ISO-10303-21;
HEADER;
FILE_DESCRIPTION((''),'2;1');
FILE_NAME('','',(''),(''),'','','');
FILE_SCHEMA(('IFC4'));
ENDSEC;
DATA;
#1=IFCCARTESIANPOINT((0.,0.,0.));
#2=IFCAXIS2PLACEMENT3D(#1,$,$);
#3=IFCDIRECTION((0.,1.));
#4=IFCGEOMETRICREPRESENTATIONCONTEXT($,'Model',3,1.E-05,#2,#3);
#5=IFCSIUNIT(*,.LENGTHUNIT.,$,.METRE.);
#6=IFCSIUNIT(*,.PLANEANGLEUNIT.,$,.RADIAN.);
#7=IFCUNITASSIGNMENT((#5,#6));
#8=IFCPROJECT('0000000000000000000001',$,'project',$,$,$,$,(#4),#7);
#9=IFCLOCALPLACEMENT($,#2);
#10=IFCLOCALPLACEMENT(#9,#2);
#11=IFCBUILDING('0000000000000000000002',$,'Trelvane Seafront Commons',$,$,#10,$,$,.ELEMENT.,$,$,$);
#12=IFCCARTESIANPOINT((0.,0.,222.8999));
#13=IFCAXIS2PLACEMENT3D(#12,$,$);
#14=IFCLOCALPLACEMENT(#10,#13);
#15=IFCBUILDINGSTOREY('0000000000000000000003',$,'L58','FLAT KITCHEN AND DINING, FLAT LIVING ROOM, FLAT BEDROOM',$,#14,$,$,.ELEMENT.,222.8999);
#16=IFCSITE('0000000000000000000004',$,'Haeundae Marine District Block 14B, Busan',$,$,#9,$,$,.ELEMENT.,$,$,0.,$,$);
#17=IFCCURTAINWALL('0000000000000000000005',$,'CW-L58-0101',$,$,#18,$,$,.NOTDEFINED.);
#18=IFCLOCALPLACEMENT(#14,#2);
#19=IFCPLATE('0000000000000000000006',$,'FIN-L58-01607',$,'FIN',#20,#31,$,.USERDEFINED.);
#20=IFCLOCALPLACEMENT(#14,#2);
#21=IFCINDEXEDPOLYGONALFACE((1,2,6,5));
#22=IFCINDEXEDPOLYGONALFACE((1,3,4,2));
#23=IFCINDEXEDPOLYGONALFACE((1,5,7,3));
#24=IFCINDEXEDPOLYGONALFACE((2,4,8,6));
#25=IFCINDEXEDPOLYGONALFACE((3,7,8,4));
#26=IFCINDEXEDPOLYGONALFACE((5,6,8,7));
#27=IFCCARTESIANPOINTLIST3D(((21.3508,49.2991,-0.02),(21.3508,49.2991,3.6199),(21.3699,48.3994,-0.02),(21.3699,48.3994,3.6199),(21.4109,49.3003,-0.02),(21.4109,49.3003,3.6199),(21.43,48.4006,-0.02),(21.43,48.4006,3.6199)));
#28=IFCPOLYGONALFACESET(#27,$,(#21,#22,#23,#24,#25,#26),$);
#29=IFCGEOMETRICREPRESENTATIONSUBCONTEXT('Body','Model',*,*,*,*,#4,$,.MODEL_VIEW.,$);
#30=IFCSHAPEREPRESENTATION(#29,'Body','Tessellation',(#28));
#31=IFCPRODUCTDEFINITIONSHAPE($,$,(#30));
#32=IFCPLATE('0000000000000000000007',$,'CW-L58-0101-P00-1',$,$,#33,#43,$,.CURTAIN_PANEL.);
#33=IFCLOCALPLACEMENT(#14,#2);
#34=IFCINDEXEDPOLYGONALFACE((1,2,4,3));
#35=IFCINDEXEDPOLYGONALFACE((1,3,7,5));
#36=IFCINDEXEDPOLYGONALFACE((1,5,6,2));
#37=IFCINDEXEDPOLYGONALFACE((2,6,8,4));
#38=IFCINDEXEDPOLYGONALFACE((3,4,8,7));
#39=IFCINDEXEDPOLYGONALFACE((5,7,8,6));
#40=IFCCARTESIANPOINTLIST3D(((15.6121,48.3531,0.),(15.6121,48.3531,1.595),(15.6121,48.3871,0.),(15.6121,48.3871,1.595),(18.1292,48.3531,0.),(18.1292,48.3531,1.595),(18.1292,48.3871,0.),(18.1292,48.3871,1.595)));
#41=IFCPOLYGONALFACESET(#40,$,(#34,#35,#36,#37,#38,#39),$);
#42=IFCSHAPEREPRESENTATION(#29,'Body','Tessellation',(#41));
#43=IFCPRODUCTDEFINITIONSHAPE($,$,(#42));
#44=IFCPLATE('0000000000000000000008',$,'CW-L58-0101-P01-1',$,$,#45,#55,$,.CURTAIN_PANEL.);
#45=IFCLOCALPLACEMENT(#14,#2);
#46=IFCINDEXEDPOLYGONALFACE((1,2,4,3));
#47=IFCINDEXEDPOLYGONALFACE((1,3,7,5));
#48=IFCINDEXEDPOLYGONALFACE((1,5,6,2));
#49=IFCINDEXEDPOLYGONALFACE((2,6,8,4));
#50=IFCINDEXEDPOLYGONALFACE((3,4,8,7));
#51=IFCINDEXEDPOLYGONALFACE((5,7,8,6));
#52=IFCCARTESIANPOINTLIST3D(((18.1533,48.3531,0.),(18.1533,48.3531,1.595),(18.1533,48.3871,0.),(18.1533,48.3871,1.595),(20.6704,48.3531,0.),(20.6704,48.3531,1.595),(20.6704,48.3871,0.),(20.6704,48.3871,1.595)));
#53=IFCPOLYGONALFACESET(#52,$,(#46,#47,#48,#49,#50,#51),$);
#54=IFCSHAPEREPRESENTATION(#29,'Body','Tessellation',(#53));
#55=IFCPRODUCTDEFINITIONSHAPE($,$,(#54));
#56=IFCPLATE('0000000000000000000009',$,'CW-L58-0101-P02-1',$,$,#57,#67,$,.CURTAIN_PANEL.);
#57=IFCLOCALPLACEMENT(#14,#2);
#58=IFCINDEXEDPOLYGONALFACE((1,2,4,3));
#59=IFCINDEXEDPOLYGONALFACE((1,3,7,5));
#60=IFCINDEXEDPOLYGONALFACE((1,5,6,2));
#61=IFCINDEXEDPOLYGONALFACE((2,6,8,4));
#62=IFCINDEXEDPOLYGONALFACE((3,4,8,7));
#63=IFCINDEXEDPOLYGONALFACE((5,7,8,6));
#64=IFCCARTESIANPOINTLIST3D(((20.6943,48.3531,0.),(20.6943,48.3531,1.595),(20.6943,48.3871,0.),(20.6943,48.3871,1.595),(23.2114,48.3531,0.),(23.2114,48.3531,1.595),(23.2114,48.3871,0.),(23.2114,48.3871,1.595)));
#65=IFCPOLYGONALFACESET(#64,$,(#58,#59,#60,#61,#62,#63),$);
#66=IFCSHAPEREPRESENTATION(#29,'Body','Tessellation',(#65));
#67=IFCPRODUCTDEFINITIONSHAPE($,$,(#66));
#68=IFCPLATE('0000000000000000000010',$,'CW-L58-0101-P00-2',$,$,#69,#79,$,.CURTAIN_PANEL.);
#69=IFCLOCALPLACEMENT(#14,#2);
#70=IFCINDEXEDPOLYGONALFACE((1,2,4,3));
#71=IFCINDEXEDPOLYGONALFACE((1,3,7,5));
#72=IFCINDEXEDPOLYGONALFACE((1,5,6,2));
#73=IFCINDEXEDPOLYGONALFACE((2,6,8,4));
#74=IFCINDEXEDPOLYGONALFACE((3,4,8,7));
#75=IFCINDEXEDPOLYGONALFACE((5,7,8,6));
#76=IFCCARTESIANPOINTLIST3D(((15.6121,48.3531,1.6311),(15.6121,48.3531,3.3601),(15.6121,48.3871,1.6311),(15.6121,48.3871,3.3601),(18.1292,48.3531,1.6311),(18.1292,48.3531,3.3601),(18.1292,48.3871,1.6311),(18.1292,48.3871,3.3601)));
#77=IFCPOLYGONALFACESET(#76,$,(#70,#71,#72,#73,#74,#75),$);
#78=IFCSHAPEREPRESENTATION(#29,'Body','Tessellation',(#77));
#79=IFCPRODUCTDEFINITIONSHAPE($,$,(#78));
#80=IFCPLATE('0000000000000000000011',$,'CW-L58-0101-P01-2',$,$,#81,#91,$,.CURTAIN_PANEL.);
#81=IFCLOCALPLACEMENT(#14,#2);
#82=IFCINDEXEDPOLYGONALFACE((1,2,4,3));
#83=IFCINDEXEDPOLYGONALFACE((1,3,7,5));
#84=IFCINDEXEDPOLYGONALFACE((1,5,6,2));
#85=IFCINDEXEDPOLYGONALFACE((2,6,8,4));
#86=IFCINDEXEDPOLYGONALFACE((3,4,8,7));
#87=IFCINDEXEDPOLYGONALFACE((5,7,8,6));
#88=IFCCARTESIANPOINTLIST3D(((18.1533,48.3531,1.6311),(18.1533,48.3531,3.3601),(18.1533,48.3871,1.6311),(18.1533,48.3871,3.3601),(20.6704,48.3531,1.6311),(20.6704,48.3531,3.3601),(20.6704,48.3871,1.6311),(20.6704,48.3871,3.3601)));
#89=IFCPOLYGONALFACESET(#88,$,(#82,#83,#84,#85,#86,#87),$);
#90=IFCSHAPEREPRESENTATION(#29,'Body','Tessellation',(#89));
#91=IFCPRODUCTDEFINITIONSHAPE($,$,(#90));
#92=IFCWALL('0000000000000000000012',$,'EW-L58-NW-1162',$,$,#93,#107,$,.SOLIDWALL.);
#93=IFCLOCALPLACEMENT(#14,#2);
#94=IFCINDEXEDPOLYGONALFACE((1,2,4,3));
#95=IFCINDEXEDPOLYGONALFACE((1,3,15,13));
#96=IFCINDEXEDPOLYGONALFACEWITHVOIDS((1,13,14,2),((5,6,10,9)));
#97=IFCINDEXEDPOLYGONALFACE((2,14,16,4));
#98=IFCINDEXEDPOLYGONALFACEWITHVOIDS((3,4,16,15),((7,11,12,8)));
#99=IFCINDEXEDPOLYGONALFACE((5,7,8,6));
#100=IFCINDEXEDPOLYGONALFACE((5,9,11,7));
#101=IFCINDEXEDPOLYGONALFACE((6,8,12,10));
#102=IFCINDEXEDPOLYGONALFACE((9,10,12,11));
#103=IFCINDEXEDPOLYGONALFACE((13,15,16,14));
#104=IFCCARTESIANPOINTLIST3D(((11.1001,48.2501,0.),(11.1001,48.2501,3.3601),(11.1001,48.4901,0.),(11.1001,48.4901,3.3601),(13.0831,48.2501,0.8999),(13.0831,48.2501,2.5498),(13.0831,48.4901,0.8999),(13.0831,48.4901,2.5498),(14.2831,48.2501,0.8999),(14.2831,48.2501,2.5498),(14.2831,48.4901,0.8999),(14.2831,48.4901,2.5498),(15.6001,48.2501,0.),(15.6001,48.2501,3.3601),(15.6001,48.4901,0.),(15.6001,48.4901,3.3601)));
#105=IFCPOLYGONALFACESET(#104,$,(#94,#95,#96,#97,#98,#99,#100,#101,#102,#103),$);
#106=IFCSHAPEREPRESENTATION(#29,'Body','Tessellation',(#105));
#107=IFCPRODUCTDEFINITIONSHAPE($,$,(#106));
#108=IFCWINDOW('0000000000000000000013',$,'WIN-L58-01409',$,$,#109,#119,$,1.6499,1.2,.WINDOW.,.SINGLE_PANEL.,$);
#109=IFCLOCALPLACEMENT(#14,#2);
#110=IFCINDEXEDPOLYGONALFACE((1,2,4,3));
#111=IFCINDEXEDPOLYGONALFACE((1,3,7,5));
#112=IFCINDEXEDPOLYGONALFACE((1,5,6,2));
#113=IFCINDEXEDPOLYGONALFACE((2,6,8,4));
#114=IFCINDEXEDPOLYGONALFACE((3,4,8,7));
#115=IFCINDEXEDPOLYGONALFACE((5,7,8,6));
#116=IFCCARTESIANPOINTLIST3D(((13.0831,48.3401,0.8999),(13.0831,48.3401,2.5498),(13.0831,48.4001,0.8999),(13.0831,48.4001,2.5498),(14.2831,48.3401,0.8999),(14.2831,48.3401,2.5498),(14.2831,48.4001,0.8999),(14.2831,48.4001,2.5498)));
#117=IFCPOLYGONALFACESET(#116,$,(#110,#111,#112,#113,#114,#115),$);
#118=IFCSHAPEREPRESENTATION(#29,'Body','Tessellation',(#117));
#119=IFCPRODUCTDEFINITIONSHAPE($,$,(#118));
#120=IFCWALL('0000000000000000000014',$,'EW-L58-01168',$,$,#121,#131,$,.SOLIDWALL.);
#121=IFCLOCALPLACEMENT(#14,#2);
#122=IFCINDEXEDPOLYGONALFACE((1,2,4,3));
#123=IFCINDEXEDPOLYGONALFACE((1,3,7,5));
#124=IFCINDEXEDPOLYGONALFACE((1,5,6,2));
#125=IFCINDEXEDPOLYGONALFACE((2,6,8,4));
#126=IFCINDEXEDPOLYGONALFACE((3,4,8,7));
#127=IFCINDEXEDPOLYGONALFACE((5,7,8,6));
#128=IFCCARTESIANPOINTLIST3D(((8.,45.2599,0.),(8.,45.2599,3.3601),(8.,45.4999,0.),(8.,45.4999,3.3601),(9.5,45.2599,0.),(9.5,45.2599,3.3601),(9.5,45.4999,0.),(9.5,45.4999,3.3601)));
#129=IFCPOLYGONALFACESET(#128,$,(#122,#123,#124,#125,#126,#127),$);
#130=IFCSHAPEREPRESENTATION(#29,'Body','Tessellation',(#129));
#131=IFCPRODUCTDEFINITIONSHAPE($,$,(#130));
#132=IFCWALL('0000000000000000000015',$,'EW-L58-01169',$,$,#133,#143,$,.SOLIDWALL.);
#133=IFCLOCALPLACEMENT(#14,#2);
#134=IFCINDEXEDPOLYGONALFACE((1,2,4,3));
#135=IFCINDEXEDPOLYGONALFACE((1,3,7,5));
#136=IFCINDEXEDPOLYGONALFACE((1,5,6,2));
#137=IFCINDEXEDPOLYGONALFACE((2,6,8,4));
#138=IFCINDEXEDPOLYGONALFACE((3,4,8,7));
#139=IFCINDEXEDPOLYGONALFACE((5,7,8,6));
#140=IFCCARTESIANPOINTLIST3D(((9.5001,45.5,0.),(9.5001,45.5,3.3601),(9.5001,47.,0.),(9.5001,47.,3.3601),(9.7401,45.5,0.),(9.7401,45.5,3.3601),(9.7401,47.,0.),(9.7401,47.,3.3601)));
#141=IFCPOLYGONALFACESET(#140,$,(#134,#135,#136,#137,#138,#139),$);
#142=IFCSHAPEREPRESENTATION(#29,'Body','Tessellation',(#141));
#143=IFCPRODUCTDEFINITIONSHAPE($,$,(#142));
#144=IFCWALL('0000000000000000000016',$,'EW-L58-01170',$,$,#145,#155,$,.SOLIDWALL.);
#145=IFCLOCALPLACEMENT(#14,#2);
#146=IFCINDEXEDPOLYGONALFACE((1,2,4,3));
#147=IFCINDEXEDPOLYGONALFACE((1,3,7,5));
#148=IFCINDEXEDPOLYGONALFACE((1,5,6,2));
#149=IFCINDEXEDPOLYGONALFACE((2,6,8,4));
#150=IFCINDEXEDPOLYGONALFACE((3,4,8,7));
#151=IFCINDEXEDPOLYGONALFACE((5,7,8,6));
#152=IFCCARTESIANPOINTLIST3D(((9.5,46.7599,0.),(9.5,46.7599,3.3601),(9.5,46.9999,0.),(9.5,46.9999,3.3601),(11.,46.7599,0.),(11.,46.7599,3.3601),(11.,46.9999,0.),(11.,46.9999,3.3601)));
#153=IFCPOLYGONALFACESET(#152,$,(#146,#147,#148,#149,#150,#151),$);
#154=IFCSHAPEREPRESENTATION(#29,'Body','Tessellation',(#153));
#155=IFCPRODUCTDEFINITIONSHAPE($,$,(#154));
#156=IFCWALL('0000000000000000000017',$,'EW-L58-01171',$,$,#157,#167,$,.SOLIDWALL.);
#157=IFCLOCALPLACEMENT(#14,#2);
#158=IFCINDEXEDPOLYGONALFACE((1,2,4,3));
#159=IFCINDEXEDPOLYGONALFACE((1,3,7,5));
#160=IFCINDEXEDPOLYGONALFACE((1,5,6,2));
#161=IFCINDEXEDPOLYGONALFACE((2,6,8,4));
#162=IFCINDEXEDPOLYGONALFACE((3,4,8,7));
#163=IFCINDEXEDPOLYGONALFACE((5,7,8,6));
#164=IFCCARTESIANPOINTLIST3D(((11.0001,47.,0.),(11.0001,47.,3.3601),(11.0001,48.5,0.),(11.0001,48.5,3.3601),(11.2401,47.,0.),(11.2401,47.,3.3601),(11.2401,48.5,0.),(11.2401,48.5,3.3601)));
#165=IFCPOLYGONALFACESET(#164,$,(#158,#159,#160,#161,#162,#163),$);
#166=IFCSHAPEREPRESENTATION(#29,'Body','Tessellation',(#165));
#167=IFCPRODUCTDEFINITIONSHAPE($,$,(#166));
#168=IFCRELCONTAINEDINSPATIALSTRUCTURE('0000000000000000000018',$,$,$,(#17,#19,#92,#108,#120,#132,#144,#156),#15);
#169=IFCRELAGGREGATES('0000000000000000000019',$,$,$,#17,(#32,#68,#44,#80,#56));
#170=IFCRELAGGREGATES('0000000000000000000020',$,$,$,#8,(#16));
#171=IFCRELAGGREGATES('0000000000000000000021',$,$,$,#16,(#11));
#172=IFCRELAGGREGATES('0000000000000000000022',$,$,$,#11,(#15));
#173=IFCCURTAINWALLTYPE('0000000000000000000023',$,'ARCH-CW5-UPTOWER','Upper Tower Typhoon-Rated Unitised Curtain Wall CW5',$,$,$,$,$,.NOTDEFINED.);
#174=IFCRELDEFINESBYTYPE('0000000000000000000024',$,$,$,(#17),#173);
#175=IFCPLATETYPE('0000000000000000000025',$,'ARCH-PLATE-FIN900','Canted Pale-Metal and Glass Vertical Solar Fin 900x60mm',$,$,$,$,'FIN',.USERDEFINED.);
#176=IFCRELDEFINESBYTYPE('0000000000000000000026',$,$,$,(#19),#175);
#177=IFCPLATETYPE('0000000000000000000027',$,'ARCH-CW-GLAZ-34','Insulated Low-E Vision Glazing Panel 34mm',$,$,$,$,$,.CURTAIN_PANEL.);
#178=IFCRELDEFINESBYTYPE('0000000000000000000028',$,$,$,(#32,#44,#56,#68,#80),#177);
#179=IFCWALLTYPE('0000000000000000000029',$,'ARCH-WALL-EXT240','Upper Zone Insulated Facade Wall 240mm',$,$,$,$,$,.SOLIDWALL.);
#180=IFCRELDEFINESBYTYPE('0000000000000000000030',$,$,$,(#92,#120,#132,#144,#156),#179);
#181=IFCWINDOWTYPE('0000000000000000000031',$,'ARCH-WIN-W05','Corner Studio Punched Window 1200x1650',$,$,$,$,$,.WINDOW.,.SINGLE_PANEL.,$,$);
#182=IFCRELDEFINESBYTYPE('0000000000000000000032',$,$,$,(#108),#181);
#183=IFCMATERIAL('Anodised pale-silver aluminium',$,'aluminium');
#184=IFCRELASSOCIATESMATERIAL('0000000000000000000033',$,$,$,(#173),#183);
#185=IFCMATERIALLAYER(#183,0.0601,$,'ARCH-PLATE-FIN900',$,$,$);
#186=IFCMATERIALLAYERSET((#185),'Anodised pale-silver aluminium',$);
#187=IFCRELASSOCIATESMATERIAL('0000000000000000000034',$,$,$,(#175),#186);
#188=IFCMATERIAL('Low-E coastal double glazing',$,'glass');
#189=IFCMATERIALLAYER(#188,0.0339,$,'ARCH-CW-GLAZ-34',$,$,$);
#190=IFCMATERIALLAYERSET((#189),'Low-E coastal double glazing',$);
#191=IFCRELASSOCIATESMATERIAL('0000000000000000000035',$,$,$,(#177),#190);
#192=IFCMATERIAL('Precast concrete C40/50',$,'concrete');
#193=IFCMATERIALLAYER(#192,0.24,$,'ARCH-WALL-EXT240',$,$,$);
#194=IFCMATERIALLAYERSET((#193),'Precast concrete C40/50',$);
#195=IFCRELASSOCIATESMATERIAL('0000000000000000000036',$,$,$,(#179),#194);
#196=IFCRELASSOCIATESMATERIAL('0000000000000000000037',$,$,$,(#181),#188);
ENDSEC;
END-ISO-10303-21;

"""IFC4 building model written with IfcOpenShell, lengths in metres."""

from ifc_helpers import new_model, si_unit, direction, frame, frame_2d, origin, origin_2d, place, context, subcontext, project, spatial, rectangle, extrude, source, transform, mapped, material, layer, layer_set, type_object, element, fill, aggregate, save


model = new_model("IFC4")

# Units and contexts
model_context = context("Model", 3, precision=1e-05, world=origin(), true_north=direction((0.0, 1.0)))
body_context = subcontext(model_context, "Body", "Model", "MODEL_VIEW")
ifc_project = project(units=[si_unit("LENGTHUNIT", "METRE"), si_unit("PLANEANGLEUNIT", "RADIAN")], contexts=[model_context])

# Site, building, storey
site_placement = place(None, origin())
site = spatial("IfcSite", under=ifc_project, at=site_placement, Name="Haeundae Marine District Block 14B, Busan", CompositionType="ELEMENT", RefElevation=0.0)
building_placement = place(site_placement, origin())
building = spatial("IfcBuilding", under=site, at=building_placement, Name="Trelvane Seafront Commons", CompositionType="ELEMENT")
storey_placement = place(building_placement, frame((0.0, 0.0, 222.8999)))
storey = spatial("IfcBuildingStorey", under=building, at=storey_placement, Name="L58", Description="FLAT KITCHEN AND DINING, FLAT LIVING ROOM, FLAT BEDROOM", CompositionType="ELEMENT", Elevation=222.8999)

# Curtain wall
ifc_material_1 = material(Name="Anodised pale-silver aluminium", Category="aluminium")
curtain_wall_type = type_object("IfcCurtainWallType", Name="ARCH-CW5-UPTOWER", Description="Upper Tower Typhoon-Rated Unitised Curtain Wall CW5", PredefinedType="NOTDEFINED", material=ifc_material_1)
curtain_wall_placement = place(storey_placement, origin())
curtain_wall = element("IfcCurtainWall", 1, at=curtain_wall_placement, inside=storey, type_object=curtain_wall_type, Name="CW-L58-0101", PredefinedType="NOTDEFINED")

# Plate
ifc_layer_1 = layer(ifc_material_1, 0.0601, Name="ARCH-PLATE-FIN900")
ifc_layer_set_1 = layer_set([ifc_layer_1], Name="Anodised pale-silver aluminium")
plate_type_1 = type_object("IfcPlateType", Name="ARCH-PLATE-FIN900", Description="Canted Pale-Metal and Glass Vertical Solar Fin 900x60mm", ElementType="FIN", PredefinedType="USERDEFINED", material=ifc_layer_set_1)
shared_shape_1 = source(origin(), body_context, "Body", "SweptSolid", [
    extrude(rectangle(XDim=0.8999, YDim=0.0601, at=origin_2d()), origin(), (0.0, 0.0, 1.0), 3.6399),
])
for number, where, z_axis, x_axis, name in (
    (2, (21.3904, 48.8499, -0.02), (0.0, 0.0, 1.0), (-0.021222, 0.999775, 0.0), "FIN-L58-01607"),
):
    element("IfcPlate", number, at=place(storey_placement, frame(where, z_axis=z_axis, x_axis=x_axis)), inside=storey, type_object=plate_type_1, Name=name, ObjectType="FIN", PredefinedType="USERDEFINED", context=body_context, shape_type="MappedRepresentation", body=[
        mapped(shared_shape_1, transform((0.0, 0.0, 0.0), x_axis=(1.0, 0.0, 0.0), y_axis=(0.0, 1.0, 0.0), z_axis=(0.0, 0.0, 1.0), scale=1.0)),
    ])

# Plates
ifc_material_2 = material(Name="Low-E coastal double glazing", Category="glass")
ifc_layer_2 = layer(ifc_material_2, 0.0339, Name="ARCH-CW-GLAZ-34")
ifc_layer_set_2 = layer_set([ifc_layer_2], Name="Low-E coastal double glazing")
plate_type_2 = type_object("IfcPlateType", Name="ARCH-CW-GLAZ-34", Description="Insulated Low-E Vision Glazing Panel 34mm", PredefinedType="CURTAIN_PANEL", material=ifc_layer_set_2)
shared_shape_2 = source(origin(), body_context, "Body", "SweptSolid", [
    extrude(rectangle(XDim=2.5171, YDim=0.0339, at=origin_2d()), origin(), (0.0, 0.0, 1.0), 1.595),
])
plate_1_placement = place(storey_placement, frame((16.8706, 48.3701, 0.0), z_axis=(0.0, 0.0, 1.0), x_axis=(1.0, 0.0, 0.0)))
plate_1 = element("IfcPlate", 3, at=plate_1_placement, type_object=plate_type_2, Name="CW-L58-0101-P00-1", PredefinedType="CURTAIN_PANEL", context=body_context, shape_type="MappedRepresentation", body=[
    mapped(shared_shape_2, transform((0.0, 0.0, 0.0), x_axis=(1.0, 0.0, 0.0), y_axis=(0.0, 1.0, 0.0), z_axis=(0.0, 0.0, 1.0), scale=1.0)),
])
plate_2_placement = place(storey_placement, frame((19.4119, 48.3701, 0.0), z_axis=(0.0, 0.0, 1.0), x_axis=(1.0, 0.0, 0.0)))
plate_2 = element("IfcPlate", 4, at=plate_2_placement, type_object=plate_type_2, Name="CW-L58-0101-P01-1", PredefinedType="CURTAIN_PANEL", context=body_context, shape_type="MappedRepresentation", body=[
    mapped(shared_shape_2, transform((0.0, 0.0, 0.0), x_axis=(1.0, 0.0, 0.0), y_axis=(0.0, 1.0, 0.0), z_axis=(0.0, 0.0, 1.0), scale=1.0)),
])
plate_3_placement = place(storey_placement, frame((21.9529, 48.3701, 0.0), z_axis=(0.0, 0.0, 1.0), x_axis=(1.0, 0.0, 0.0)))
plate_3 = element("IfcPlate", 5, at=plate_3_placement, type_object=plate_type_2, Name="CW-L58-0101-P02-1", PredefinedType="CURTAIN_PANEL", context=body_context, shape_type="MappedRepresentation", body=[
    mapped(shared_shape_2, transform((0.0, 0.0, 0.0), x_axis=(1.0, 0.0, 0.0), y_axis=(0.0, 1.0, 0.0), z_axis=(0.0, 0.0, 1.0), scale=1.0)),
])
shared_shape_3 = source(origin(), body_context, "Body", "SweptSolid", [
    extrude(rectangle(XDim=2.5171, YDim=0.0339, at=origin_2d()), origin(), (0.0, 0.0, 1.0), 1.729),
])
plate_4_placement = place(storey_placement, frame((16.8706, 48.3701, 1.6311), z_axis=(0.0, 0.0, 1.0), x_axis=(1.0, 0.0, 0.0)))
plate_4 = element("IfcPlate", 6, at=plate_4_placement, type_object=plate_type_2, Name="CW-L58-0101-P00-2", PredefinedType="CURTAIN_PANEL", context=body_context, shape_type="MappedRepresentation", body=[
    mapped(shared_shape_3, transform((0.0, 0.0, 0.0), x_axis=(1.0, 0.0, 0.0), y_axis=(0.0, 1.0, 0.0), z_axis=(0.0, 0.0, 1.0), scale=1.0)),
])
plate_5_placement = place(storey_placement, frame((19.4119, 48.3701, 1.6311), z_axis=(0.0, 0.0, 1.0), x_axis=(1.0, 0.0, 0.0)))
plate_5 = element("IfcPlate", 7, at=plate_5_placement, type_object=plate_type_2, Name="CW-L58-0101-P01-2", PredefinedType="CURTAIN_PANEL", context=body_context, shape_type="MappedRepresentation", body=[
    mapped(shared_shape_3, transform((0.0, 0.0, 0.0), x_axis=(1.0, 0.0, 0.0), y_axis=(0.0, 1.0, 0.0), z_axis=(0.0, 0.0, 1.0), scale=1.0)),
])
aggregate(curtain_wall, [plate_1, plate_4, plate_2, plate_5, plate_3])

# Wall, opening, window
ifc_material_3 = material(Name="Precast concrete C40/50", Category="concrete")
ifc_layer_3 = layer(ifc_material_3, 0.24, Name="ARCH-WALL-EXT240")
ifc_layer_set_3 = layer_set([ifc_layer_3], Name="Precast concrete C40/50")
wall_type = type_object("IfcWallType", Name="ARCH-WALL-EXT240", Description="Upper Zone Insulated Facade Wall 240mm", PredefinedType="SOLIDWALL", material=ifc_layer_set_3)
wall_placement = place(storey_placement, frame((11.1001, 48.3701, 0.0), z_axis=(0.0, 0.0, 1.0), x_axis=(1.0, 0.0, 0.0)))
wall = element("IfcWall", 8, at=wall_placement, inside=storey, type_object=wall_type, Name="EW-L58-NW-1162", PredefinedType="SOLIDWALL", context=body_context, shape_type="SweptSolid", body=[
    extrude(rectangle(XDim=4.5, YDim=0.24, at=frame_2d((2.25, 0.0))), origin(), (0.0, 0.0, 1.0), 3.3601),
])
opening_placement = place(wall_placement, frame((1.9829, 0.0, 0.8999)))
opening = element("IfcOpeningElement", 9, at=opening_placement, cuts=wall, PredefinedType="OPENING", context=body_context, shape_type="SweptSolid", body=[
    extrude(rectangle(XDim=1.2, YDim=1.6499, at=frame_2d((0.6001, 0.825))), frame((0.0, 0.1299, 0.0), z_axis=(0.0, -1.0, 0.0), x_axis=(1.0, 0.0, 0.0)), (0.0, 0.0, 1.0), 0.26),
])
window_type = type_object("IfcWindowType", Name="ARCH-WIN-W05", Description="Corner Studio Punched Window 1200x1650", PartitioningType="SINGLE_PANEL", PredefinedType="WINDOW", material=ifc_material_2)
shared_shape_4 = source(origin(), body_context, "Body", "SweptSolid", [
    extrude(rectangle(XDim=1.2, YDim=1.6499, at=frame_2d((0.6001, 0.825))), frame((0.0, 0.03, 0.0), z_axis=(0.0, -1.0, 0.0), x_axis=(1.0, 0.0, 0.0)), (0.0, 0.0, 1.0), 0.0601),
])
window_placement = place(opening_placement, origin())
window = element("IfcWindow", 10, at=window_placement, inside=storey, type_object=window_type, Name="WIN-L58-01409", OverallHeight=1.6499, OverallWidth=1.2, PartitioningType="SINGLE_PANEL", PredefinedType="WINDOW", context=body_context, shape_type="MappedRepresentation", body=[
    mapped(shared_shape_4, transform((0.0, 0.0, 0.0), x_axis=(1.0, 0.0, 0.0), y_axis=(0.0, 1.0, 0.0), z_axis=(0.0, 0.0, 1.0), scale=1.0)),
])
fill(opening, window)

# Walls
for number, where, z_axis, x_axis, name in (
    (11, (8.0, 45.3799, 0.0), (0.0, 0.0, 1.0), (1.0, 0.0, 0.0), "EW-L58-01168"),
    (12, (9.6201, 45.5, 0.0), (0.0, 0.0, 1.0), (0.0, 1.0, 0.0), "EW-L58-01169"),
    (13, (9.5, 46.8799, 0.0), (0.0, 0.0, 1.0), (1.0, 0.0, 0.0), "EW-L58-01170"),
    (14, (11.1201, 47.0, 0.0), (0.0, 0.0, 1.0), (0.0, 1.0, 0.0), "EW-L58-01171"),
):
    element("IfcWall", number, at=place(storey_placement, frame(where, z_axis=z_axis, x_axis=x_axis)), inside=storey, type_object=wall_type, Name=name, PredefinedType="SOLIDWALL", context=body_context, shape_type="SweptSolid", body=[
        extrude(rectangle(XDim=1.5, YDim=0.24, at=frame_2d((0.75, 0.0))), origin(), (0.0, 0.0, 1.0), 3.3601),
    ])

save(model, "model.ifc")
